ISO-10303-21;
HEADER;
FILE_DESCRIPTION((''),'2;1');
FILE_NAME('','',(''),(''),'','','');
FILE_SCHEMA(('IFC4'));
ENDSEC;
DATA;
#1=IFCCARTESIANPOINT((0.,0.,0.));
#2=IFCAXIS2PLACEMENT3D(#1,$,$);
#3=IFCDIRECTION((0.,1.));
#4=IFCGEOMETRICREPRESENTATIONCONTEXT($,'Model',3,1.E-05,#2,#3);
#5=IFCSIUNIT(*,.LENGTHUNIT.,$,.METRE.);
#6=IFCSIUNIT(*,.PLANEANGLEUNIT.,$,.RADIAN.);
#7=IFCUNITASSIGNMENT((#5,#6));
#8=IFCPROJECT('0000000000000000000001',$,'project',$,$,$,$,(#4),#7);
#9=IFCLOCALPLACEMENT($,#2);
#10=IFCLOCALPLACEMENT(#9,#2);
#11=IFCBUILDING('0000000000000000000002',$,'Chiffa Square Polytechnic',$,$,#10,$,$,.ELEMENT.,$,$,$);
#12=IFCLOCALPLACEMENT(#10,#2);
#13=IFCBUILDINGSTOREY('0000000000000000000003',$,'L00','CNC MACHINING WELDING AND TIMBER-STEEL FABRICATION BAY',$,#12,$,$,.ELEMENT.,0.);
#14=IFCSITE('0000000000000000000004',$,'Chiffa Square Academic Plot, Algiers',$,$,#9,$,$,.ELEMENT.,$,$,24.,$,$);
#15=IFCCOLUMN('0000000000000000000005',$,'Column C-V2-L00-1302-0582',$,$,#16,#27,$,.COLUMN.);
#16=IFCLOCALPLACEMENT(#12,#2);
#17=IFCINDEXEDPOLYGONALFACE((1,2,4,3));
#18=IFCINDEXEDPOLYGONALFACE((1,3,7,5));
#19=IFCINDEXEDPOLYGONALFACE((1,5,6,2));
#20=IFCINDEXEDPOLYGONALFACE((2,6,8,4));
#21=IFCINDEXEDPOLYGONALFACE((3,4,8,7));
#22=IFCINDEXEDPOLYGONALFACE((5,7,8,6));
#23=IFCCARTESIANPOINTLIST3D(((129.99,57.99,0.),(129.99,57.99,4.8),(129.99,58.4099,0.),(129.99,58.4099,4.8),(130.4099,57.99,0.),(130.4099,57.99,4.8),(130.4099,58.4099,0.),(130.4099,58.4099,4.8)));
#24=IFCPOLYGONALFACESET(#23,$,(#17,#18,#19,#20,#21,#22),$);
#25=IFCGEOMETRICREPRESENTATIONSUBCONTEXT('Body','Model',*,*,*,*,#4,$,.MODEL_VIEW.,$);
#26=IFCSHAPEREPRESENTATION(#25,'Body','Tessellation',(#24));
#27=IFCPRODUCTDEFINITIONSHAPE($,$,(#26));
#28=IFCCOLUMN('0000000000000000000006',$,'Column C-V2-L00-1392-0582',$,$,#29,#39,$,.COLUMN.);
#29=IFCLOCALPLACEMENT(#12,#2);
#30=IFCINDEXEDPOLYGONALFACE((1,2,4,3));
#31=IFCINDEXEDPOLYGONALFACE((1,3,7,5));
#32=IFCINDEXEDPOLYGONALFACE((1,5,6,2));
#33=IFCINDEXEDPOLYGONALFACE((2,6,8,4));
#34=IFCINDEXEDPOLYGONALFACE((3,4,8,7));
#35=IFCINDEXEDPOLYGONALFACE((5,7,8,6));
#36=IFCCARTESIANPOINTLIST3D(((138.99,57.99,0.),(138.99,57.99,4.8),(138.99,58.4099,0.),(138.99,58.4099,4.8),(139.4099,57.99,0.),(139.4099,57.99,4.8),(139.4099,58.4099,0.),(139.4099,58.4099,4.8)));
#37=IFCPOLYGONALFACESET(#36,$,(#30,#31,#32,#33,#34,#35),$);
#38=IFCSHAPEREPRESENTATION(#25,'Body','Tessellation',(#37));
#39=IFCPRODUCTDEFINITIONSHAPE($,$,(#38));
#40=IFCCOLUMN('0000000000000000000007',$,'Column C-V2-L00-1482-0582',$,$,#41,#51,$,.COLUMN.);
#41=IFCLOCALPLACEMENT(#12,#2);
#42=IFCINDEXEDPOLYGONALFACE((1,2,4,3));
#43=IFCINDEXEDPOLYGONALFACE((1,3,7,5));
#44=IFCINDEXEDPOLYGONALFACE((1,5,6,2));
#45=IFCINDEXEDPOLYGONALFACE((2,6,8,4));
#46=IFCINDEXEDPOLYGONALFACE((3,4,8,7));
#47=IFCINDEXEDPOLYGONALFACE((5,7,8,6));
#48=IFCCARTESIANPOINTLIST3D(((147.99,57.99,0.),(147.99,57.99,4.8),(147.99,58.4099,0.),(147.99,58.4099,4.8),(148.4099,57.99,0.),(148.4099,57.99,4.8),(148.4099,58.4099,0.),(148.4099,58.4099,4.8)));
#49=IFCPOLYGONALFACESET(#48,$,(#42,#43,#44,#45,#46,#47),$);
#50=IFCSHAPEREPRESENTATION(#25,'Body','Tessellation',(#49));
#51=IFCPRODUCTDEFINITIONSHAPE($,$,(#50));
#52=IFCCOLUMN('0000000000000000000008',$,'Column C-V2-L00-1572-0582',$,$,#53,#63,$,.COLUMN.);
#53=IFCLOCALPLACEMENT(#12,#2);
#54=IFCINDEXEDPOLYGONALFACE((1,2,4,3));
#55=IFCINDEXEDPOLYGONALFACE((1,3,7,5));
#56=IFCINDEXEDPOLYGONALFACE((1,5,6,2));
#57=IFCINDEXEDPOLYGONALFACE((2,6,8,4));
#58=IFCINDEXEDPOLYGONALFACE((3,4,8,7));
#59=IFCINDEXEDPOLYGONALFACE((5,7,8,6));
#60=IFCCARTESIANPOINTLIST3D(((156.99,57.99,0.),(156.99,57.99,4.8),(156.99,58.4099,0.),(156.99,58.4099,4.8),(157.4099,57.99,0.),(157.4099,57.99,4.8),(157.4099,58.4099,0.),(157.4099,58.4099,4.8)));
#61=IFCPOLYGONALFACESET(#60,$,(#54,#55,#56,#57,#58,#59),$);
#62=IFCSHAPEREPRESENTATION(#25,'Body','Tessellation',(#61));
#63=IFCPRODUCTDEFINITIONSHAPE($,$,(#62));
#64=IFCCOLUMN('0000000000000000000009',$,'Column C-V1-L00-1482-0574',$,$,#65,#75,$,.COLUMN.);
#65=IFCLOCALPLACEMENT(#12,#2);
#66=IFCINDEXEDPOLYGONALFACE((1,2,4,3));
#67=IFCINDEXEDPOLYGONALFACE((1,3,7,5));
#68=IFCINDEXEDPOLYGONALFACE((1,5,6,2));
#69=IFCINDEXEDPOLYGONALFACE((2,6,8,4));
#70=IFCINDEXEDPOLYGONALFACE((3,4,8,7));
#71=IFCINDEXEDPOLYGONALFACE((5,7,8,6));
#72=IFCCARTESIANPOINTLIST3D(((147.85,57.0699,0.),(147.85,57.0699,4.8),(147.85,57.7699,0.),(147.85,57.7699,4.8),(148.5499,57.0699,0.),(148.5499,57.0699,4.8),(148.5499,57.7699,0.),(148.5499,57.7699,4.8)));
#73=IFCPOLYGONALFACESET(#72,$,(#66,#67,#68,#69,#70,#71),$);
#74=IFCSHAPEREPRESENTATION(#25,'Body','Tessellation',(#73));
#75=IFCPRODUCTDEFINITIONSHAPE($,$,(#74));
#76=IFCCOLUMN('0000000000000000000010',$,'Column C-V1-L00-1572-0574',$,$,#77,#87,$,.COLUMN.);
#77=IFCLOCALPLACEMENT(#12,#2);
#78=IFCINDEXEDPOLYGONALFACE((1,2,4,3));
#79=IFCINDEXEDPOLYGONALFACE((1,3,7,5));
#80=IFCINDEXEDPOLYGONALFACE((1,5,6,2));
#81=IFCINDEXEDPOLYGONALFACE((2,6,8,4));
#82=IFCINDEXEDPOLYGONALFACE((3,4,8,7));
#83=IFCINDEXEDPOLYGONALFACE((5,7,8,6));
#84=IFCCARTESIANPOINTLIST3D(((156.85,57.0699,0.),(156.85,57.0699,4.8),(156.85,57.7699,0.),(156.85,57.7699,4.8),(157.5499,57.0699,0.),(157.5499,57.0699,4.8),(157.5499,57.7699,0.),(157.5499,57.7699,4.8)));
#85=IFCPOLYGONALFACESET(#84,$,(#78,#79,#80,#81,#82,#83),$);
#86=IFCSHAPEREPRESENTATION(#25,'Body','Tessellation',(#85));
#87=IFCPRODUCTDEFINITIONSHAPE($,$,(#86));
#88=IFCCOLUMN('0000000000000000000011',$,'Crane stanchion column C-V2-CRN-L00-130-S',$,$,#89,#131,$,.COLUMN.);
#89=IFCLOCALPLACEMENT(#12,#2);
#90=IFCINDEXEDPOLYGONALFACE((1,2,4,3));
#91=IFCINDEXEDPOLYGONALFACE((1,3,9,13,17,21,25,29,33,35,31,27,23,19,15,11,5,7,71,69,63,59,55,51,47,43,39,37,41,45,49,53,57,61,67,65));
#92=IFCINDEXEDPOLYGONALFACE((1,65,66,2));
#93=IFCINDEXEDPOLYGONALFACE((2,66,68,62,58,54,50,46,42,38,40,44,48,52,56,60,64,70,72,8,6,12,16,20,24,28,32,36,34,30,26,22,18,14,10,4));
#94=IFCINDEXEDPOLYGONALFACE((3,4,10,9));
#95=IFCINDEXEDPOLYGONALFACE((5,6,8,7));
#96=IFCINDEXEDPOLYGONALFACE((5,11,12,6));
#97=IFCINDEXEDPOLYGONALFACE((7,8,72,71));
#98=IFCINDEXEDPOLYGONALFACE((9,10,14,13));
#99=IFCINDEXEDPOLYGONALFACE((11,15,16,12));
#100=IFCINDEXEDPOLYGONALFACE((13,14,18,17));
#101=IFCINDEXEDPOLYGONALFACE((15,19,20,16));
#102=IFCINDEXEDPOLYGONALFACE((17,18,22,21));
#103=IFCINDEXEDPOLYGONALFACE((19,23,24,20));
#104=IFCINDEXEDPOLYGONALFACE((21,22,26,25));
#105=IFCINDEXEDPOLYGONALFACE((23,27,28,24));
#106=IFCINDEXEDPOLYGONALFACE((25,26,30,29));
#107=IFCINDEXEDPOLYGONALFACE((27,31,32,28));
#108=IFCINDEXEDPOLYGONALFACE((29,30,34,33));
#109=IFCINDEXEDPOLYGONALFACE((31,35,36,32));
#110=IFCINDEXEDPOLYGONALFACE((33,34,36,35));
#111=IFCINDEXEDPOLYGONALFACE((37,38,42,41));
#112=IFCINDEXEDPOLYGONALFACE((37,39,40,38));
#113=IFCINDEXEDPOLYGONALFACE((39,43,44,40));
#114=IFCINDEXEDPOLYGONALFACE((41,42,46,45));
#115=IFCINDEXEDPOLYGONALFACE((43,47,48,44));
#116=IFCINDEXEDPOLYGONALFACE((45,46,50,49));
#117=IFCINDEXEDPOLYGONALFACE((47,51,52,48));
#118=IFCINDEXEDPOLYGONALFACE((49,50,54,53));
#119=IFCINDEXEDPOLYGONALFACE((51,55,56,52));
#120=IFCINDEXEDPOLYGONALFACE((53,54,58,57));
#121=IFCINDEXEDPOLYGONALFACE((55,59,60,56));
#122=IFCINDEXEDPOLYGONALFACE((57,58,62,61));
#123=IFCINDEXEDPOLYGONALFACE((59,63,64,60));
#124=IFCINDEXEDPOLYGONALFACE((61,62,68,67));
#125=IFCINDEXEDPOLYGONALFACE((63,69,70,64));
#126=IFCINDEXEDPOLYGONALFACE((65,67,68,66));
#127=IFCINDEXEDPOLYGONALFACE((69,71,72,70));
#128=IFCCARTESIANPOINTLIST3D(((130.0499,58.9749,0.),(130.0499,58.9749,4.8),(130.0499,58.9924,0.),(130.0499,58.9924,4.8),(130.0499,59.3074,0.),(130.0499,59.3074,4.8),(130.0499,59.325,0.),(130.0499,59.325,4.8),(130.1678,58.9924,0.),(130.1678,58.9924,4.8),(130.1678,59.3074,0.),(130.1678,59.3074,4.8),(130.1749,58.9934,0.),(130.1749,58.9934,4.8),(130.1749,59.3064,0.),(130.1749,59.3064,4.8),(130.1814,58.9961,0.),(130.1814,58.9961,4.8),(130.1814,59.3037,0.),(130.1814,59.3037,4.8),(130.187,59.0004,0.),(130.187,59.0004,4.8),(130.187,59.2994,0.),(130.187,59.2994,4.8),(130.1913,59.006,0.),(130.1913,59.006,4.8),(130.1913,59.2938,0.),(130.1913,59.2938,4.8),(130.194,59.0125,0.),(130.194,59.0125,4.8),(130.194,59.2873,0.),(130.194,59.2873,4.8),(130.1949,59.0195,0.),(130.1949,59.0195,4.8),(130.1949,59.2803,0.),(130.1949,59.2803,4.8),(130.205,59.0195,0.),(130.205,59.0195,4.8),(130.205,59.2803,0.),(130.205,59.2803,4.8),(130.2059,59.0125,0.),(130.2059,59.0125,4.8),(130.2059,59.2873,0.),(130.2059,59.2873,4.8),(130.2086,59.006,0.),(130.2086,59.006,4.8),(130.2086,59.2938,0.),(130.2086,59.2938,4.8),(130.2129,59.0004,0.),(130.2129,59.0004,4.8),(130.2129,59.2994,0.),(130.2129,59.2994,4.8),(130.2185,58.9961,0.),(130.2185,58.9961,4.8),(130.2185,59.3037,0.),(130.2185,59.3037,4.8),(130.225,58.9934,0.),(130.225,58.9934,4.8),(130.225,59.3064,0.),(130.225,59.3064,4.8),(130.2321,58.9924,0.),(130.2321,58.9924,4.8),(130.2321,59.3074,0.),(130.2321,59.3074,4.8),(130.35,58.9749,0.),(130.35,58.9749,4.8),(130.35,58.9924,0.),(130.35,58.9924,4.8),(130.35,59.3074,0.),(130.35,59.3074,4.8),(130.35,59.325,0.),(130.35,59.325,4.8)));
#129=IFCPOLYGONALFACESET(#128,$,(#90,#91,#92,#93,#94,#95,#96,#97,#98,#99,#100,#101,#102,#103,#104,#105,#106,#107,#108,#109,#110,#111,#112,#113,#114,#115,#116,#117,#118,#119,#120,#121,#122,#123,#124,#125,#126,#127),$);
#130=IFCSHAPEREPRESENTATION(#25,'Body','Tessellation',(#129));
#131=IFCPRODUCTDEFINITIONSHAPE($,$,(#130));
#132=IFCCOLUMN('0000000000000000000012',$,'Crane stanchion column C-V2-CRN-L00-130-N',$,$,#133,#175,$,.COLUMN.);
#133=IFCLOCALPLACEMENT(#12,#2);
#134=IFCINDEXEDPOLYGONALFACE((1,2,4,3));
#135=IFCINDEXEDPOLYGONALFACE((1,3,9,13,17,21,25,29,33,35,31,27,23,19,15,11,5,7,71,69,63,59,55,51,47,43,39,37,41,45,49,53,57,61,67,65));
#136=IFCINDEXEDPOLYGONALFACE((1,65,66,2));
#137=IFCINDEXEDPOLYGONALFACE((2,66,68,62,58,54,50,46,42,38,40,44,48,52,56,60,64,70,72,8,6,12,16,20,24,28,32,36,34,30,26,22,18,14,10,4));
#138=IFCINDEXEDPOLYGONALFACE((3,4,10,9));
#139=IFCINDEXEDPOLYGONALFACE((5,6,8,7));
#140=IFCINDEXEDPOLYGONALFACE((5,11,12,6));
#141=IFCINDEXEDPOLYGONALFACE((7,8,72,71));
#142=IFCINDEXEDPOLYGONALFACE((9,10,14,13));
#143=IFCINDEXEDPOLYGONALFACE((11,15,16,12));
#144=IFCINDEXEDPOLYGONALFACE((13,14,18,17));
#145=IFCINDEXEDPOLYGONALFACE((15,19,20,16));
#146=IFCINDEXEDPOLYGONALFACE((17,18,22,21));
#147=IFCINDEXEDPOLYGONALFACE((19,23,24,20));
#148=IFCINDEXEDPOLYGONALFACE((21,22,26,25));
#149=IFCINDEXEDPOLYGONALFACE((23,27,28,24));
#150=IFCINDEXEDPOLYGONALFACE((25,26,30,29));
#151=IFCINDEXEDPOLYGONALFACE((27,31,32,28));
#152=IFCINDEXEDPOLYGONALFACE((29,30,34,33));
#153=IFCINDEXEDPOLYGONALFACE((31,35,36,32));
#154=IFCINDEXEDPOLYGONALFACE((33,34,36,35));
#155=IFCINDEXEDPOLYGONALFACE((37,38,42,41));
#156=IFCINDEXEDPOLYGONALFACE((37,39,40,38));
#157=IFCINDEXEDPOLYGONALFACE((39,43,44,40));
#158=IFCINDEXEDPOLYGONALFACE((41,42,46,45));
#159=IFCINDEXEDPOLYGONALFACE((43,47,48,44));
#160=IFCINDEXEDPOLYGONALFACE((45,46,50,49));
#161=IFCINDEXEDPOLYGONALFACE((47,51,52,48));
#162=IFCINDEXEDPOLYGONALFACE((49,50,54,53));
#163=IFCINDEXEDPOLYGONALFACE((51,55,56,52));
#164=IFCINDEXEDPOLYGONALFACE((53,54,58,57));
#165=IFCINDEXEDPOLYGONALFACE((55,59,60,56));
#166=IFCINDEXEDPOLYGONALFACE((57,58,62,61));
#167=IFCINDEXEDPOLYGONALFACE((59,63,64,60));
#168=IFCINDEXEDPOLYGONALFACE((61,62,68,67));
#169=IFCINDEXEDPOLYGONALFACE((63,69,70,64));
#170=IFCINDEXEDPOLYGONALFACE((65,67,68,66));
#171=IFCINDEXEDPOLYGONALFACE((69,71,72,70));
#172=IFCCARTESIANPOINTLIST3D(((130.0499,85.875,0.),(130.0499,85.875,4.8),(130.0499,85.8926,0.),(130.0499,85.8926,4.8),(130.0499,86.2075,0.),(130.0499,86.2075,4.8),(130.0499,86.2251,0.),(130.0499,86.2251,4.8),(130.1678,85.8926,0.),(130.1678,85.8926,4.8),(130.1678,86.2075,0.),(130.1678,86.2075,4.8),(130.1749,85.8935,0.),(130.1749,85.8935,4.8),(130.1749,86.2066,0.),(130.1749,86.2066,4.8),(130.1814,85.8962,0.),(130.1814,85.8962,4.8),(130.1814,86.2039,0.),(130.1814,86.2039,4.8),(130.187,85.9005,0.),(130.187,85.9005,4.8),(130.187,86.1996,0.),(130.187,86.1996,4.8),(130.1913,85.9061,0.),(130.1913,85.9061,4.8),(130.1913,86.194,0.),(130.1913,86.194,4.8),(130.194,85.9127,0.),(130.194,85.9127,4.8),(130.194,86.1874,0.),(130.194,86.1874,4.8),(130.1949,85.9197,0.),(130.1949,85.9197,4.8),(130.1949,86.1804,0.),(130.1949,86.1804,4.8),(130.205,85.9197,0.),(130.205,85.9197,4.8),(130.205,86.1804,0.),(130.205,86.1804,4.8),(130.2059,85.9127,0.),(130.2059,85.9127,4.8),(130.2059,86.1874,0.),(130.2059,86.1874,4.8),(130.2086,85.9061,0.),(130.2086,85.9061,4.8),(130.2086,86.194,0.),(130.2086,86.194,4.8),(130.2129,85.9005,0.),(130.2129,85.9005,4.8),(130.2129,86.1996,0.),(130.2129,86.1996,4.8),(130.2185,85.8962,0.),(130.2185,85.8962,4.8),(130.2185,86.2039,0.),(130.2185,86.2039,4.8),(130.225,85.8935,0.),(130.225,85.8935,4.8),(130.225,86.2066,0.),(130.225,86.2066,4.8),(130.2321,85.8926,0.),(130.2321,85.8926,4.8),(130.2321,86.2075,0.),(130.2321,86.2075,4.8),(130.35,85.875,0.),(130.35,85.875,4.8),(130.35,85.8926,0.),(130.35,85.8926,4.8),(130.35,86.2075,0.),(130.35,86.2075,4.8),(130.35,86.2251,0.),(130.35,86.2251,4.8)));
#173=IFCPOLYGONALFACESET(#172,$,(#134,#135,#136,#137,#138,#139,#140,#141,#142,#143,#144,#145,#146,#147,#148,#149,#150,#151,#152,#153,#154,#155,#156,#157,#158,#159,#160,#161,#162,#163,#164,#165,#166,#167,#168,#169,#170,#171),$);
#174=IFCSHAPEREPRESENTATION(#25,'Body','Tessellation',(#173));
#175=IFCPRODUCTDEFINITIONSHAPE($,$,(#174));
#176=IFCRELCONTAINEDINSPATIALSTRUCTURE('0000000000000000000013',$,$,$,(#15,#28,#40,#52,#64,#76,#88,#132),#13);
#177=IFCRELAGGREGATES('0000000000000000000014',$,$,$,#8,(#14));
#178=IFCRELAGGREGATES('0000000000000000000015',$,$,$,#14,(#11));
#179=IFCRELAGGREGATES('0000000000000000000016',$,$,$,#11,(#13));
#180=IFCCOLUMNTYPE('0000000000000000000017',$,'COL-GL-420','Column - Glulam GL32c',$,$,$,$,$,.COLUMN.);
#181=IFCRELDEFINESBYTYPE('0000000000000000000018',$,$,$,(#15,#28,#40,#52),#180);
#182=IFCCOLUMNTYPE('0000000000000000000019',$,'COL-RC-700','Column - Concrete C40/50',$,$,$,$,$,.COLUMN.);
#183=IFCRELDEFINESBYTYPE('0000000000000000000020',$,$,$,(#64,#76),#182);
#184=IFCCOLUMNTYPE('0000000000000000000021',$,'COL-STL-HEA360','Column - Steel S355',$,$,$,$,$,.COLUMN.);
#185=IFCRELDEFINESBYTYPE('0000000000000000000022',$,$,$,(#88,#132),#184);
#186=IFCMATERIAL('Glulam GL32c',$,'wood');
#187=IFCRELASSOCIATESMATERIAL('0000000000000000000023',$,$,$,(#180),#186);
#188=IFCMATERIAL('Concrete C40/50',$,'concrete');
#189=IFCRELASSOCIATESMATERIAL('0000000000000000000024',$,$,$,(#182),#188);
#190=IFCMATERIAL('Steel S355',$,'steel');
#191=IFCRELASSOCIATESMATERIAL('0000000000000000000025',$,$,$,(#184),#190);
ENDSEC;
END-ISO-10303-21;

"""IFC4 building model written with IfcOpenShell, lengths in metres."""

from ifc_helpers import new_model, si_unit, direction, frame, origin, origin_2d, place, context, subcontext, project, spatial, rectangle, i_section, extrude, material, material_profile, profile_set, type_object, element, save


model = new_model("IFC4")

# Units and contexts
model_context = context("Model", 3, precision=1e-05, world=origin(), true_north=direction((0.0, 1.0)))
body_context = subcontext(model_context, "Body", "Model", "MODEL_VIEW")
ifc_project = project(units=[si_unit("LENGTHUNIT", "METRE"), si_unit("PLANEANGLEUNIT", "RADIAN")], contexts=[model_context])

# Site, building, storey
site_placement = place(None, origin())
site = spatial("IfcSite", under=ifc_project, at=site_placement, Name="Chiffa Square Academic Plot, Algiers", CompositionType="ELEMENT", RefElevation=24.0)
building_placement = place(site_placement, origin())
building = spatial("IfcBuilding", under=site, at=building_placement, Name="Chiffa Square Polytechnic", CompositionType="ELEMENT")
storey_placement = place(building_placement, origin())
storey = spatial("IfcBuildingStorey", under=building, at=storey_placement, Name="L00", Description="CNC MACHINING WELDING AND TIMBER-STEEL FABRICATION BAY", CompositionType="ELEMENT", Elevation=0.0)

# Columns
ifc_material_1 = material(Name="Glulam GL32c", Category="wood")
ifc_material_profile_1 = material_profile(ifc_material_1, rectangle(XDim=0.4199, YDim=0.4199, at=origin_2d()), Name="GL32c 420x420")
ifc_profile_set_1 = profile_set([ifc_material_profile_1], Name="Glulam GL32c")
column_type_1 = type_object("IfcColumnType", Name="COL-GL-420", Description="Column - Glulam GL32c", PredefinedType="COLUMN", material=ifc_profile_set_1)
for number, where, z_axis, x_axis, name in (
    (1, (130.2, 58.2, 0.0), (0.0, 0.0, 1.0), (1.0, 0.0, 0.0), "Column C-V2-L00-1302-0582"),
    (2, (139.2, 58.2, 0.0), (0.0, 0.0, 1.0), (1.0, 0.0, 0.0), "Column C-V2-L00-1392-0582"),
    (3, (148.2, 58.2, 0.0), (0.0, 0.0, 1.0), (1.0, 0.0, 0.0), "Column C-V2-L00-1482-0582"),
    (4, (157.2, 58.2, 0.0), (0.0, 0.0, 1.0), (1.0, 0.0, 0.0), "Column C-V2-L00-1572-0582"),
):
    element("IfcColumn", number, at=place(storey_placement, frame(where, z_axis=z_axis, x_axis=x_axis)), inside=storey, type_object=column_type_1, Name=name, PredefinedType="COLUMN", context=body_context, shape_type="SweptSolid", body=[
        extrude(rectangle(XDim=0.4199, YDim=0.4199, at=origin_2d()), origin(), (0.0, 0.0, 1.0), 4.8),
    ])
ifc_material_2 = material(Name="Concrete C40/50", Category="concrete")
ifc_material_profile_2 = material_profile(ifc_material_2, rectangle(XDim=0.7, YDim=0.7, at=origin_2d()), Name="RC 700x700")
ifc_profile_set_2 = profile_set([ifc_material_profile_2], Name="Concrete C40/50")
column_type_2 = type_object("IfcColumnType", Name="COL-RC-700", Description="Column - Concrete C40/50", PredefinedType="COLUMN", material=ifc_profile_set_2)
for number, where, z_axis, x_axis, name in (
    (5, (148.2, 57.4199, 0.0), (0.0, 0.0, 1.0), (1.0, 0.0, 0.0), "Column C-V1-L00-1482-0574"),
    (6, (157.2, 57.4199, 0.0), (0.0, 0.0, 1.0), (1.0, 0.0, 0.0), "Column C-V1-L00-1572-0574"),
):
    element("IfcColumn", number, at=place(storey_placement, frame(where, z_axis=z_axis, x_axis=x_axis)), inside=storey, type_object=column_type_2, Name=name, PredefinedType="COLUMN", context=body_context, shape_type="SweptSolid", body=[
        extrude(rectangle(XDim=0.7, YDim=0.7, at=origin_2d()), origin(), (0.0, 0.0, 1.0), 4.8),
    ])
ifc_material_3 = material(Name="Steel S355", Category="steel")
ifc_material_profile_3 = material_profile(ifc_material_3, i_section(OverallWidth=0.3, OverallDepth=0.3501, WebThickness=0.01, FlangeThickness=0.0176, FilletRadius=0.0271, at=origin_2d()), Name="HEA 360")
ifc_profile_set_3 = profile_set([ifc_material_profile_3], Name="Steel S355")
column_type_3 = type_object("IfcColumnType", Name="COL-STL-HEA360", Description="Column - Steel S355", PredefinedType="COLUMN", material=ifc_profile_set_3)
for number, where, z_axis, x_axis, name in (
    (7, (130.2, 59.1499, 0.0), (0.0, 0.0, 1.0), (1.0, 0.0, 0.0), "Crane stanchion column C-V2-CRN-L00-130-S"),
    (8, (130.2, 86.05, 0.0), (0.0, 0.0, 1.0), (1.0, 0.0, 0.0), "Crane stanchion column C-V2-CRN-L00-130-N"),
):
    element("IfcColumn", number, at=place(storey_placement, frame(where, z_axis=z_axis, x_axis=x_axis)), inside=storey, type_object=column_type_3, Name=name, PredefinedType="COLUMN", context=body_context, shape_type="SweptSolid", body=[
        extrude(i_section(OverallWidth=0.3, OverallDepth=0.3501, WebThickness=0.01, FlangeThickness=0.0176, FilletRadius=0.0271, at=origin_2d()), origin(), (0.0, 0.0, 1.0), 4.8),
    ])

save(model, "model.ifc")
